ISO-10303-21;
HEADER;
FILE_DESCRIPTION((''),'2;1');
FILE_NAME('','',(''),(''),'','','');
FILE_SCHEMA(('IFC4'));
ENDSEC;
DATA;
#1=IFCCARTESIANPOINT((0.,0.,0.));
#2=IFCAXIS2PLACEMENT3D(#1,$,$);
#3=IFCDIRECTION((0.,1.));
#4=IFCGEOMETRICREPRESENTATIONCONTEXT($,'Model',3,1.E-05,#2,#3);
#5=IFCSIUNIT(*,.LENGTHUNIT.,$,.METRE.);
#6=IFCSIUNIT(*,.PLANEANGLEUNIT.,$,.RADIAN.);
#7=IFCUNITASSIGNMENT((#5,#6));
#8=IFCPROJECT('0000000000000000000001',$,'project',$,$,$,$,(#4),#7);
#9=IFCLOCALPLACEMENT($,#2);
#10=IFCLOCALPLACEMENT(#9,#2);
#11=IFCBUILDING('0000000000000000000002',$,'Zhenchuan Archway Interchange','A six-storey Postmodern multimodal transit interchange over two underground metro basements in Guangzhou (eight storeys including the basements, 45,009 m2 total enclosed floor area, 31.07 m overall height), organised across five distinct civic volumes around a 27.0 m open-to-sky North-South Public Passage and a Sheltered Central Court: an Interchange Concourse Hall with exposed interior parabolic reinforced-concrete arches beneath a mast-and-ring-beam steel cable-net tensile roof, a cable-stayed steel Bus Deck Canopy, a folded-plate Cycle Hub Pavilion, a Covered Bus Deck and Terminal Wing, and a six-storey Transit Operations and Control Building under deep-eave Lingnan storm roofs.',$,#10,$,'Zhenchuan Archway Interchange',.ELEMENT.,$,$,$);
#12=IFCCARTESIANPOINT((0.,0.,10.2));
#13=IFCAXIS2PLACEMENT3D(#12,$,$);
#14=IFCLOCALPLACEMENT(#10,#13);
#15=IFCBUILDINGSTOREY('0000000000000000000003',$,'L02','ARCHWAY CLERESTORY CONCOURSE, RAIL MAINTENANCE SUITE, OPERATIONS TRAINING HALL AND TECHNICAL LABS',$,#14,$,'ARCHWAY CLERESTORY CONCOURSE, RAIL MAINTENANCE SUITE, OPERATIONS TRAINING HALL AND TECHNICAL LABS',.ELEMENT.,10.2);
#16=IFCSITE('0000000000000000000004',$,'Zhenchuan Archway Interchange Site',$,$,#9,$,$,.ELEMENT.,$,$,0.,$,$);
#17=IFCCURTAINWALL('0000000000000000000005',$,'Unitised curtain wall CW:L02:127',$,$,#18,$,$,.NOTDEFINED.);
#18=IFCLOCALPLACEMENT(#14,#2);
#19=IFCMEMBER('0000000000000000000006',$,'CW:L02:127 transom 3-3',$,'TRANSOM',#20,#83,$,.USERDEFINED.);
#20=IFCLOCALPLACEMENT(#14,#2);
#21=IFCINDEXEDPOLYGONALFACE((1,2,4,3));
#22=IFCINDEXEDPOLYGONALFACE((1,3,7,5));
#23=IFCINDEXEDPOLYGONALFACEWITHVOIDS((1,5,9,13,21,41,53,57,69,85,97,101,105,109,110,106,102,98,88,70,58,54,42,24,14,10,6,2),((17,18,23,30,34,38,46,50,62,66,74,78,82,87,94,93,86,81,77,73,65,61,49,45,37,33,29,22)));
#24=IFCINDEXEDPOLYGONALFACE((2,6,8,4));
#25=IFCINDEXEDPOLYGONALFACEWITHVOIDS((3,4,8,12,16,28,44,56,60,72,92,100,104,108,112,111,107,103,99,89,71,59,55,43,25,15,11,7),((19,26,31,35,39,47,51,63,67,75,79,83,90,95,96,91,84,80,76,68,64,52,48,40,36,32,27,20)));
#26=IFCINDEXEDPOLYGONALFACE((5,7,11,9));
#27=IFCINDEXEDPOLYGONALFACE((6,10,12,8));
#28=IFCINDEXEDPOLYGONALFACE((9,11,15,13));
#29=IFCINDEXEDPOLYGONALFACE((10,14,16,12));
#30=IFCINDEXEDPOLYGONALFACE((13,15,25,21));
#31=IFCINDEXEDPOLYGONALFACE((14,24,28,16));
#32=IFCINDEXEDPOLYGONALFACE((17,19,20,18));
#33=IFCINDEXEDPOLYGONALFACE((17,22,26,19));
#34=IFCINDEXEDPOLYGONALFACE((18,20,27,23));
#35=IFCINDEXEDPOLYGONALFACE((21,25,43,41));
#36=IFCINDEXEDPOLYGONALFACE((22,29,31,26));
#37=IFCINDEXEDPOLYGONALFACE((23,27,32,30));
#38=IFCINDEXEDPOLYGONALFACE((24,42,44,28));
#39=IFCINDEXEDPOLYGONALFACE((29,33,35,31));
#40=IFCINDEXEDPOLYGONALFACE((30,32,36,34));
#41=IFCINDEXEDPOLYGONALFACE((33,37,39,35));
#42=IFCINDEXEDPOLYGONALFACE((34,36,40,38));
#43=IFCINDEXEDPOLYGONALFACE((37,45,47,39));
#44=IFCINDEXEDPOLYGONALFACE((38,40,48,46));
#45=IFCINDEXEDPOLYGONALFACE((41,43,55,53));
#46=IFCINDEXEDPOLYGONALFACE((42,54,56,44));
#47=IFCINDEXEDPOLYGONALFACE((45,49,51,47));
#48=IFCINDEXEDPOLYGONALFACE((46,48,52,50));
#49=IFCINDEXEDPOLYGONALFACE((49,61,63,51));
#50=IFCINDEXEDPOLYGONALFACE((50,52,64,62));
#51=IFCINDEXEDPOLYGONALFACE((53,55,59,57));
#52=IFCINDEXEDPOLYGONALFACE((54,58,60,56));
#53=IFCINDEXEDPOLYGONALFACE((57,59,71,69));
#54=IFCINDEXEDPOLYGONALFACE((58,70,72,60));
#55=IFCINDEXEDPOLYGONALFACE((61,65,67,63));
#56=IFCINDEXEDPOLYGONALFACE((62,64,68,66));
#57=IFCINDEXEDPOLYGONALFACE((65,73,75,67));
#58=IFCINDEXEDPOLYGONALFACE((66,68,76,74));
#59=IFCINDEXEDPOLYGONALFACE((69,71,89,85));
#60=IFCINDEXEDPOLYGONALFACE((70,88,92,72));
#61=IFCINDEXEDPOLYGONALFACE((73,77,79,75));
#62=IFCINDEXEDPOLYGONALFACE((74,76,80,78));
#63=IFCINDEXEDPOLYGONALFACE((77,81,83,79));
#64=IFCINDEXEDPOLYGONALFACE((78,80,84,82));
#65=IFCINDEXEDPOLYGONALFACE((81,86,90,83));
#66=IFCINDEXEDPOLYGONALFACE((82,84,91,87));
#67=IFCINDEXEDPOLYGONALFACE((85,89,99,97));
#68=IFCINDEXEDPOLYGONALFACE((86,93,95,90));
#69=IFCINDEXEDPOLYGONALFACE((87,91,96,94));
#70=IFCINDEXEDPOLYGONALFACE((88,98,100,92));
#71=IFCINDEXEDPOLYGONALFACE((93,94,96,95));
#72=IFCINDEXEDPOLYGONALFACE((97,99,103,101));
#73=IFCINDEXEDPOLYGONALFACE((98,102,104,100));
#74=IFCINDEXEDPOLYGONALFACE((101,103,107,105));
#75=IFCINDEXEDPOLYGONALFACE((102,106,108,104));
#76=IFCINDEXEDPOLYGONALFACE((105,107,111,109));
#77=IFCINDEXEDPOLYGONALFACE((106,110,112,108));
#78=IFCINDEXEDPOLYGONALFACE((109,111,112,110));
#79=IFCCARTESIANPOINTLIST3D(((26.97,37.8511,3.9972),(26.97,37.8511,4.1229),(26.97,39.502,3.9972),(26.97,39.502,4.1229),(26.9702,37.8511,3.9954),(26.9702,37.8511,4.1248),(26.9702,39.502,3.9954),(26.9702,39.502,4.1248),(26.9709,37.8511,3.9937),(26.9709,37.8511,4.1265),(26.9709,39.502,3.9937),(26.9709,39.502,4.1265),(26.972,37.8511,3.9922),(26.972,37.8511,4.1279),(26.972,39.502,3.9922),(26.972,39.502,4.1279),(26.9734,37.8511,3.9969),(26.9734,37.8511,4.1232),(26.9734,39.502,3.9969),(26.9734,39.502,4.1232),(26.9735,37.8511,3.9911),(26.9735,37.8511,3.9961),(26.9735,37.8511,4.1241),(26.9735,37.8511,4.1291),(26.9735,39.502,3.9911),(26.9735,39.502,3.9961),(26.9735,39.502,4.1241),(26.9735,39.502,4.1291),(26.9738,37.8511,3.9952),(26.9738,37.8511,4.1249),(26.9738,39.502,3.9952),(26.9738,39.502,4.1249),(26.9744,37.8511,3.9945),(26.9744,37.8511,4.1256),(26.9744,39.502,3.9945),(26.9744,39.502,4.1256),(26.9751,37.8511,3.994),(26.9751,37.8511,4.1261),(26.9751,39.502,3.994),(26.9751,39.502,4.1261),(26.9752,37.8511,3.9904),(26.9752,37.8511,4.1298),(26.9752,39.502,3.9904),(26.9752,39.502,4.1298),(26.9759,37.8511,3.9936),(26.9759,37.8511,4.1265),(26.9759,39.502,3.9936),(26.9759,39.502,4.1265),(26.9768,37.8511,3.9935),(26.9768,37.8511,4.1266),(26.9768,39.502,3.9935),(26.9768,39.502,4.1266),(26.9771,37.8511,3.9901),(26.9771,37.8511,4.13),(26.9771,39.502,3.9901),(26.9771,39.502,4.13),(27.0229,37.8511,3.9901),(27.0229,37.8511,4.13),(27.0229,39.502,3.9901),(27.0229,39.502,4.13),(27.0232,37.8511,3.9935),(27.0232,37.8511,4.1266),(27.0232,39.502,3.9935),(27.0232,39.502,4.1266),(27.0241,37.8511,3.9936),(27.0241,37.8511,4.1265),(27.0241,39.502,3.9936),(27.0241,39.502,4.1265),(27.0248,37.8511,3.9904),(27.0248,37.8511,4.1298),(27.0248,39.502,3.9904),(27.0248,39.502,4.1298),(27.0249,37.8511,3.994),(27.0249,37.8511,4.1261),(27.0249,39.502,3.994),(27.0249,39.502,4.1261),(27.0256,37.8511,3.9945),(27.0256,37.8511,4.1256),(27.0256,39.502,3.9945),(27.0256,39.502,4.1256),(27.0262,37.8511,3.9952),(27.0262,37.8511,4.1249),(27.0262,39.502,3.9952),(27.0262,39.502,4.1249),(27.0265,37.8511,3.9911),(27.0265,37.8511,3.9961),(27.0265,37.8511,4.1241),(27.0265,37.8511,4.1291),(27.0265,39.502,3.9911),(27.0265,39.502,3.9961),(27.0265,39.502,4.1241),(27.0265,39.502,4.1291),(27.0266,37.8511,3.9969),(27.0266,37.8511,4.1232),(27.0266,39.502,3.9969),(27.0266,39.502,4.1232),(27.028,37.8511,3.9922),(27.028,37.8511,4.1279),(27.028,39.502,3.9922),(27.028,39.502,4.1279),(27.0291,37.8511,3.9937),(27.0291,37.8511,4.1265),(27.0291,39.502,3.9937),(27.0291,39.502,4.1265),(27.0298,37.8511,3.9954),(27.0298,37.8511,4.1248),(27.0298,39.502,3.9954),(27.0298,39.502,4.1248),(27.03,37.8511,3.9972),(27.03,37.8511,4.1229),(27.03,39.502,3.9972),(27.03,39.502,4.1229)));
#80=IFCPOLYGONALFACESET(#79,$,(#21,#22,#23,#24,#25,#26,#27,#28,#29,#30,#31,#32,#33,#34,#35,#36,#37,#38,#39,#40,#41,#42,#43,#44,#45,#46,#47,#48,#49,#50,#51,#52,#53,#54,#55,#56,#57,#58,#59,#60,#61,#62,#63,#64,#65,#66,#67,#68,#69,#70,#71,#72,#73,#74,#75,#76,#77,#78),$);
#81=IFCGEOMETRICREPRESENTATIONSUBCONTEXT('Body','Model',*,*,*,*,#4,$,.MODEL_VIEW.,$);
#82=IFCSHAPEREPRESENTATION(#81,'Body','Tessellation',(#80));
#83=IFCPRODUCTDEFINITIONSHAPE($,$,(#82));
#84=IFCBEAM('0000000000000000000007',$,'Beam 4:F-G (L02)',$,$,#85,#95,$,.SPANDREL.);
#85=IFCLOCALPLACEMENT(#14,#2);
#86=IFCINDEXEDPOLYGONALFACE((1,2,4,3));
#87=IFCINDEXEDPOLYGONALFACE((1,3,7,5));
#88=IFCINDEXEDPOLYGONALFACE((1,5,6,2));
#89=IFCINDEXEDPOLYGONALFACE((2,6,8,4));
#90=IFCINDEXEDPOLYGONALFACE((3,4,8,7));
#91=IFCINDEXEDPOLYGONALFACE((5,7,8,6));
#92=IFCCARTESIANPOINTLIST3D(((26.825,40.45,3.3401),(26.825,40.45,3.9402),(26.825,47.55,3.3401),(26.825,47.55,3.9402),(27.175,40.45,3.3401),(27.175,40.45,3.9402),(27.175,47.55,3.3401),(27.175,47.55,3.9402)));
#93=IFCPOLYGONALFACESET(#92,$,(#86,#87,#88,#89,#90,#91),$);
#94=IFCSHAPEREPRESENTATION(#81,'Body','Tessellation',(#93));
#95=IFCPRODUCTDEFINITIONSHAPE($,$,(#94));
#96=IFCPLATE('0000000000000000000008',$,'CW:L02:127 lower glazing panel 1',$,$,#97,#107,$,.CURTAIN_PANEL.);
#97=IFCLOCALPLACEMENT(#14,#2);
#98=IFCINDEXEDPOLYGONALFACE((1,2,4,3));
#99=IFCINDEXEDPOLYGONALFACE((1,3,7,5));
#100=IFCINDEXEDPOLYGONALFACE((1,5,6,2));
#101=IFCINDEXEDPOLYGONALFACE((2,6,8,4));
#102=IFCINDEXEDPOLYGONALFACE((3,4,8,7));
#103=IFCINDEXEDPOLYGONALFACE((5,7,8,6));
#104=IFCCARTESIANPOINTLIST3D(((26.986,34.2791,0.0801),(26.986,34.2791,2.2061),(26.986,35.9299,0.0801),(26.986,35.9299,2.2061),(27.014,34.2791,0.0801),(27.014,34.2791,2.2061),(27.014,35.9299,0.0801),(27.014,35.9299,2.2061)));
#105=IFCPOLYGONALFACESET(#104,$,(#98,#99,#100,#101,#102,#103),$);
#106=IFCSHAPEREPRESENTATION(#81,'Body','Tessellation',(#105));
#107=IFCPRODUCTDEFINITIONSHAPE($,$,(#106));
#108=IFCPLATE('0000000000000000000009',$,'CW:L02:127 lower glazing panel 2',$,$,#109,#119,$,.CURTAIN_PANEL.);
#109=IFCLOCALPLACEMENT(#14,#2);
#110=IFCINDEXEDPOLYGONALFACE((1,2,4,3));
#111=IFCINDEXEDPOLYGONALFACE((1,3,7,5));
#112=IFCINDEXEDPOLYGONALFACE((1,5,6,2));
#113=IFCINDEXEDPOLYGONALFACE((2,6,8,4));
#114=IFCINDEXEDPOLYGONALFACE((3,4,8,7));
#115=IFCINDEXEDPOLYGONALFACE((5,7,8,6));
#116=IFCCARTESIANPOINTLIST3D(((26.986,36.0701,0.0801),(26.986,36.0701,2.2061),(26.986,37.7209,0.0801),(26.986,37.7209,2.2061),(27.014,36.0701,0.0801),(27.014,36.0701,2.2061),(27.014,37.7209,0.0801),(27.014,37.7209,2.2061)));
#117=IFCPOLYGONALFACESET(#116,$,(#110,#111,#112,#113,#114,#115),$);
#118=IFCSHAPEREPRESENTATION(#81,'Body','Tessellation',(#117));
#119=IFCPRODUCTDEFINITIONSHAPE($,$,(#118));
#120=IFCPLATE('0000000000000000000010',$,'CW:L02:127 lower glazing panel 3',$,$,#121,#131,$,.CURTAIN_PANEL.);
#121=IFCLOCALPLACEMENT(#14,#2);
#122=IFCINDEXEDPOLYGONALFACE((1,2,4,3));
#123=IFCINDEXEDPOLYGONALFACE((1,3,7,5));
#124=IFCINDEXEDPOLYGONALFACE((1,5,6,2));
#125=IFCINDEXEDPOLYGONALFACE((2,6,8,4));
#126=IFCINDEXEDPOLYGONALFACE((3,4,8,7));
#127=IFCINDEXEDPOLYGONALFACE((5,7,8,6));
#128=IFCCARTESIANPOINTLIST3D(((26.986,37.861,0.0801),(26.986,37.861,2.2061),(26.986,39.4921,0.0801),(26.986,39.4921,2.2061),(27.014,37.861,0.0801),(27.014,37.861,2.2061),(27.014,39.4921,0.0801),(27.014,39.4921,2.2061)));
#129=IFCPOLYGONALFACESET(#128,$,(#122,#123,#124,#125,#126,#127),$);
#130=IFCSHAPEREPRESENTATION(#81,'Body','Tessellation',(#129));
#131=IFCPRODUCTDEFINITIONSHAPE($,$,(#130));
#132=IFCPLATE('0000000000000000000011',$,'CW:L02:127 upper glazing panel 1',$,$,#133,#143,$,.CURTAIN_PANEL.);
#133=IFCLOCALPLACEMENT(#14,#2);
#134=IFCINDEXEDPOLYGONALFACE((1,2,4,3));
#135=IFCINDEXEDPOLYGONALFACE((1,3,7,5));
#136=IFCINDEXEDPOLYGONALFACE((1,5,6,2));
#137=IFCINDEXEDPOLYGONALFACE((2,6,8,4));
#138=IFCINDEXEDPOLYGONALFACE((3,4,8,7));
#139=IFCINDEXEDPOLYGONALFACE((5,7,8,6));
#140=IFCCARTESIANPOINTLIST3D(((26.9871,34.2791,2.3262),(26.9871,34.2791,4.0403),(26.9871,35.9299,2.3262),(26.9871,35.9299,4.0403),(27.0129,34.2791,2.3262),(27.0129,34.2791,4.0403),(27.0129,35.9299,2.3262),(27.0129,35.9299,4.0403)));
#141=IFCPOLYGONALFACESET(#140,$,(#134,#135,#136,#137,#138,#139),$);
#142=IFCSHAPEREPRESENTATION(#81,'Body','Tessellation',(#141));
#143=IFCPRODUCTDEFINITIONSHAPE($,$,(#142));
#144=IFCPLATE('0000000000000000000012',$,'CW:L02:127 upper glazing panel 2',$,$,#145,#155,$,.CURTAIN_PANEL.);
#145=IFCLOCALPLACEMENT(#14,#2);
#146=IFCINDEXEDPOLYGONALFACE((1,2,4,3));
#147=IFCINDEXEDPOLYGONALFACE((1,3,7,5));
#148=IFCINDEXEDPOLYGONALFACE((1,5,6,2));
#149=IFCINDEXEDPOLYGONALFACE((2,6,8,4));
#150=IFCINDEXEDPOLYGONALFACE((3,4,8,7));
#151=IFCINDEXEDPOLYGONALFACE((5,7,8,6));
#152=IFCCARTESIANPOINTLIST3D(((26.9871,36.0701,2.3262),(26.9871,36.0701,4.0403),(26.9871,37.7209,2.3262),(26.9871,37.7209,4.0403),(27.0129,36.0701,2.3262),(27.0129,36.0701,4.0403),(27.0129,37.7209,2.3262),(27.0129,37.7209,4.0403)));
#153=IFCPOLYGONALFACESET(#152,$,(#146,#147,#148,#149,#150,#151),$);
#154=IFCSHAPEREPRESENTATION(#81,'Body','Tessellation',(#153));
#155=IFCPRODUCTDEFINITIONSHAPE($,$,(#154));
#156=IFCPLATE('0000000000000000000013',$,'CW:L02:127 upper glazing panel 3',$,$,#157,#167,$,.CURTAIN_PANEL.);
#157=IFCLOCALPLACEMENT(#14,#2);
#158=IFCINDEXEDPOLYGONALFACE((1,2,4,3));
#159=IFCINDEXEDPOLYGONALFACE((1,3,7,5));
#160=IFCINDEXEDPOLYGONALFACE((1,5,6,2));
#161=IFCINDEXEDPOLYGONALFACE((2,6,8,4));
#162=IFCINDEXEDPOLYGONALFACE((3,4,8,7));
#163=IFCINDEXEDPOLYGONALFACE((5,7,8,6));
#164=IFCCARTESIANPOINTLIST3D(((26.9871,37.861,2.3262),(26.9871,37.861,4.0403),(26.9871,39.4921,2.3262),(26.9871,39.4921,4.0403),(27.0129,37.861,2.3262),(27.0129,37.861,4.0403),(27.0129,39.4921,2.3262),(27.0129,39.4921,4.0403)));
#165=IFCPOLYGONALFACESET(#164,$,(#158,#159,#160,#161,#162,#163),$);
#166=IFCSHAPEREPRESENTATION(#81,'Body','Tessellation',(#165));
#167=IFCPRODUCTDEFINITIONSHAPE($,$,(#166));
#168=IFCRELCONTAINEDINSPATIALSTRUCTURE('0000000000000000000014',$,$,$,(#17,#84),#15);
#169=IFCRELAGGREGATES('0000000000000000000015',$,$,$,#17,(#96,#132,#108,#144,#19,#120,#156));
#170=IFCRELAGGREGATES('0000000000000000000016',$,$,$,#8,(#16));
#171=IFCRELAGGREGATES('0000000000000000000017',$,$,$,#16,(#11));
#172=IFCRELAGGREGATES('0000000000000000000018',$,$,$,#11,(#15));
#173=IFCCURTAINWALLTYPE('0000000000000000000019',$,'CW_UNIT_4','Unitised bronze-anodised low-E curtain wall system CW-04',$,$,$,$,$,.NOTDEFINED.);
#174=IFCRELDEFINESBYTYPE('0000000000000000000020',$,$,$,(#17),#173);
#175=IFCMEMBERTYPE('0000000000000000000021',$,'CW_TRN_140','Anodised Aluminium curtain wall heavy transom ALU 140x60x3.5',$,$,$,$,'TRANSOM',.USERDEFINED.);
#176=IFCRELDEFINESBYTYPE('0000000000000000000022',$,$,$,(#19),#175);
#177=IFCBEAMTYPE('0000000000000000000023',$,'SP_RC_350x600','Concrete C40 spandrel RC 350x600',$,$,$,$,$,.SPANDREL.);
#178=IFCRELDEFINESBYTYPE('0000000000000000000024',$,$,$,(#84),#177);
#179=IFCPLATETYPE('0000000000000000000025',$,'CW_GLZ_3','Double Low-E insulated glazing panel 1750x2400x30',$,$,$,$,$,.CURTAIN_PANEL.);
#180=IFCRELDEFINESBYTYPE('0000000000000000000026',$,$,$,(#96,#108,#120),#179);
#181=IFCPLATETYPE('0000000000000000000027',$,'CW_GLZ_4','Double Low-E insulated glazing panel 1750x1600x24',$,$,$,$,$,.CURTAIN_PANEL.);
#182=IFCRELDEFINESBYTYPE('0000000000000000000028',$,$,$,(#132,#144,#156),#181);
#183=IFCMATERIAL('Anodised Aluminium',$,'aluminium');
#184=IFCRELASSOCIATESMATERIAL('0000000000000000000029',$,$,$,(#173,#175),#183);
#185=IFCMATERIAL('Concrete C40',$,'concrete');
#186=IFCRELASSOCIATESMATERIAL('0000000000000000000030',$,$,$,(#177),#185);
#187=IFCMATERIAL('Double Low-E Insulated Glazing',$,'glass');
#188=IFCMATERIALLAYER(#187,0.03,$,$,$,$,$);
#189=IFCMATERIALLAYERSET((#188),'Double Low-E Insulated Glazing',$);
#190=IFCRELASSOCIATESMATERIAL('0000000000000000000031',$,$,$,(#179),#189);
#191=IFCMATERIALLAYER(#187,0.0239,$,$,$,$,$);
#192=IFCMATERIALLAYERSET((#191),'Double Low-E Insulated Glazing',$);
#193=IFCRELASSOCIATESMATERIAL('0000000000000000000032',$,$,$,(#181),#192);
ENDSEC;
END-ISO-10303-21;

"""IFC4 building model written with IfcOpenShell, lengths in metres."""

from ifc_helpers import new_model, si_unit, direction, frame, origin, origin_2d, place, context, subcontext, project, spatial, rectangle, hollow_rectangle, extrude, material, layer, layer_set, material_profile, profile_set, type_object, element, aggregate, save


model = new_model("IFC4")

# Units and contexts
model_context = context("Model", 3, precision=1e-05, world=origin(), true_north=direction((0.0, 1.0)))
body_context = subcontext(model_context, "Body", "Model", "MODEL_VIEW")
ifc_project = project(units=[si_unit("LENGTHUNIT", "METRE"), si_unit("PLANEANGLEUNIT", "RADIAN")], contexts=[model_context])

# Site, building, storey
site_placement = place(None, origin())
site = spatial("IfcSite", under=ifc_project, at=site_placement, Name="Zhenchuan Archway Interchange Site", CompositionType="ELEMENT", RefElevation=0.0)
building_placement = place(site_placement, origin())
building = spatial("IfcBuilding", under=site, at=building_placement, Name="Zhenchuan Archway Interchange", Description="A six-storey Postmodern multimodal transit interchange over two underground metro basements in Guangzhou (eight storeys including the basements, 45,009 m2 total enclosed floor area, 31.07 m overall height), organised across five distinct civic volumes around a 27.0 m open-to-sky North-South Public Passage and a Sheltered Central Court: an Interchange Concourse Hall with exposed interior parabolic reinforced-concrete arches beneath a mast-and-ring-beam steel cable-net tensile roof, a cable-stayed steel Bus Deck Canopy, a folded-plate Cycle Hub Pavilion, a Covered Bus Deck and Terminal Wing, and a six-storey Transit Operations and Control Building under deep-eave Lingnan storm roofs.", LongName="Zhenchuan Archway Interchange", CompositionType="ELEMENT")
storey_placement = place(building_placement, frame((0.0, 0.0, 10.2)))
storey = spatial("IfcBuildingStorey", under=building, at=storey_placement, Name="L02", Description="ARCHWAY CLERESTORY CONCOURSE, RAIL MAINTENANCE SUITE, OPERATIONS TRAINING HALL AND TECHNICAL LABS", LongName="ARCHWAY CLERESTORY CONCOURSE, RAIL MAINTENANCE SUITE, OPERATIONS TRAINING HALL AND TECHNICAL LABS", CompositionType="ELEMENT", Elevation=10.2)

# Shared definitions
ifc_material_1 = material(Name="Concrete C40", Category="concrete")

# Curtain wall, member
ifc_material_2 = material(Name="Anodised Aluminium", Category="aluminium")
curtain_wall_type = type_object("IfcCurtainWallType", Name="CW_UNIT_4", Description="Unitised bronze-anodised low-E curtain wall system CW-04", PredefinedType="NOTDEFINED", material=ifc_material_2)
curtain_wall_placement = place(storey_placement, origin())
curtain_wall = element("IfcCurtainWall", 1, at=curtain_wall_placement, inside=storey, type_object=curtain_wall_type, Name="Unitised curtain wall CW:L02:127", PredefinedType="NOTDEFINED")
ifc_material_profile_1 = material_profile(ifc_material_2, hollow_rectangle(XDim=0.0601, YDim=0.1399, WallThickness=0.0034, InnerFilletRadius=0.0034, OuterFilletRadius=0.0071, at=origin_2d()), Name="ALU 140x60x3.5")
ifc_profile_set_1 = profile_set([ifc_material_profile_1], Name="Anodised Aluminium")
member_type_1 = type_object("IfcMemberType", Name="CW_TRN_140", Description="Anodised Aluminium curtain wall heavy transom ALU 140x60x3.5", ElementType="TRANSOM", PredefinedType="USERDEFINED", material=ifc_profile_set_1)
member_1_placement = place(storey_placement, frame((27.0, 37.8511, 4.0601), z_axis=(0.0, 1.0, 0.0), x_axis=(-1.0, 0.0, 0.0)))
member_1 = element("IfcMember", 2, at=member_1_placement, type_object=member_type_1, Name="CW:L02:127 transom 3-3", ObjectType="TRANSOM", PredefinedType="USERDEFINED", context=body_context, shape_type="SweptSolid", body=[
    extrude(hollow_rectangle(XDim=0.0601, YDim=0.1399, WallThickness=0.0034, InnerFilletRadius=0.0034, OuterFilletRadius=0.0071, at=origin_2d()), origin(), (0.0, 0.0, 1.0), 1.6509),
])

# Beam
ifc_material_profile_2 = material_profile(ifc_material_1, rectangle(XDim=0.3501, YDim=0.6001, at=origin_2d()), Name="RC 350x600")
ifc_profile_set_2 = profile_set([ifc_material_profile_2], Name="Concrete C40")
beam_type = type_object("IfcBeamType", Name="SP_RC_350x600", Description="Concrete C40 spandrel RC 350x600", PredefinedType="SPANDREL", material=ifc_profile_set_2)
beam_placement = place(storey_placement, frame((27.0, 40.45, 3.6401), z_axis=(0.0, 1.0, 0.0), x_axis=(-1.0, 0.0, 0.0)))
element("IfcBeam", 3, at=beam_placement, inside=storey, type_object=beam_type, Name="Beam 4:F-G (L02)", PredefinedType="SPANDREL", context=body_context, shape_type="SweptSolid", body=[
    extrude(rectangle(XDim=0.3501, YDim=0.6001, at=origin_2d()), origin(), (0.0, 0.0, 1.0), 7.1001),
])

# Plates
ifc_material_3 = material(Name="Double Low-E Insulated Glazing", Category="glass")
ifc_layer_1 = layer(ifc_material_3, 0.03)
ifc_layer_set_1 = layer_set([ifc_layer_1], Name="Double Low-E Insulated Glazing")
plate_type_1 = type_object("IfcPlateType", Name="CW_GLZ_3", Description="Double Low-E insulated glazing panel 1750x2400x30", PredefinedType="CURTAIN_PANEL", material=ifc_layer_set_1)
plate_1_placement = place(storey_placement, frame((27.0, 35.1045, 0.0801), z_axis=(0.0, 0.0, 1.0), x_axis=(0.0, 1.0, 0.0)))
plate_1 = element("IfcPlate", 4, at=plate_1_placement, type_object=plate_type_1, Name="CW:L02:127 lower glazing panel 1", PredefinedType="CURTAIN_PANEL", context=body_context, shape_type="SweptSolid", body=[
    extrude(rectangle(XDim=1.6509, YDim=0.0281, at=origin_2d()), origin(), (0.0, 0.0, 1.0), 2.126),
])
plate_2_placement = place(storey_placement, frame((27.0, 36.8955, 0.0801), z_axis=(0.0, 0.0, 1.0), x_axis=(0.0, 1.0, 0.0)))
plate_2 = element("IfcPlate", 5, at=plate_2_placement, type_object=plate_type_1, Name="CW:L02:127 lower glazing panel 2", PredefinedType="CURTAIN_PANEL", context=body_context, shape_type="SweptSolid", body=[
    extrude(rectangle(XDim=1.6509, YDim=0.0281, at=origin_2d()), origin(), (0.0, 0.0, 1.0), 2.126),
])
plate_3_placement = place(storey_placement, frame((27.0, 38.6765, 0.0801), z_axis=(0.0, 0.0, 1.0), x_axis=(0.0, 1.0, 0.0)))
plate_3 = element("IfcPlate", 6, at=plate_3_placement, type_object=plate_type_1, Name="CW:L02:127 lower glazing panel 3", PredefinedType="CURTAIN_PANEL", context=body_context, shape_type="SweptSolid", body=[
    extrude(rectangle(XDim=1.6311, YDim=0.0281, at=origin_2d()), origin(), (0.0, 0.0, 1.0), 2.126),
])
ifc_layer_2 = layer(ifc_material_3, 0.0239)
ifc_layer_set_2 = layer_set([ifc_layer_2], Name="Double Low-E Insulated Glazing")
plate_type_2 = type_object("IfcPlateType", Name="CW_GLZ_4", Description="Double Low-E insulated glazing panel 1750x1600x24", PredefinedType="CURTAIN_PANEL", material=ifc_layer_set_2)
plate_4_placement = place(storey_placement, frame((27.0, 35.1045, 2.3262), z_axis=(0.0, 0.0, 1.0), x_axis=(0.0, 1.0, 0.0)))
plate_4 = element("IfcPlate", 7, at=plate_4_placement, type_object=plate_type_2, Name="CW:L02:127 upper glazing panel 1", PredefinedType="CURTAIN_PANEL", context=body_context, shape_type="SweptSolid", body=[
    extrude(rectangle(XDim=1.6509, YDim=0.0259, at=origin_2d()), origin(), (0.0, 0.0, 1.0), 1.7141),
])
plate_5_placement = place(storey_placement, frame((27.0, 36.8955, 2.3262), z_axis=(0.0, 0.0, 1.0), x_axis=(0.0, 1.0, 0.0)))
plate_5 = element("IfcPlate", 8, at=plate_5_placement, type_object=plate_type_2, Name="CW:L02:127 upper glazing panel 2", PredefinedType="CURTAIN_PANEL", context=body_context, shape_type="SweptSolid", body=[
    extrude(rectangle(XDim=1.6509, YDim=0.0259, at=origin_2d()), origin(), (0.0, 0.0, 1.0), 1.7141),
])
plate_6_placement = place(storey_placement, frame((27.0, 38.6765, 2.3262), z_axis=(0.0, 0.0, 1.0), x_axis=(0.0, 1.0, 0.0)))
plate_6 = element("IfcPlate", 9, at=plate_6_placement, type_object=plate_type_2, Name="CW:L02:127 upper glazing panel 3", PredefinedType="CURTAIN_PANEL", context=body_context, shape_type="SweptSolid", body=[
    extrude(rectangle(XDim=1.6311, YDim=0.0259, at=origin_2d()), origin(), (0.0, 0.0, 1.0), 1.7141),
])
aggregate(curtain_wall, [plate_1, plate_4, plate_2, plate_5, member_1, plate_3, plate_6])

save(model, "model.ifc")
